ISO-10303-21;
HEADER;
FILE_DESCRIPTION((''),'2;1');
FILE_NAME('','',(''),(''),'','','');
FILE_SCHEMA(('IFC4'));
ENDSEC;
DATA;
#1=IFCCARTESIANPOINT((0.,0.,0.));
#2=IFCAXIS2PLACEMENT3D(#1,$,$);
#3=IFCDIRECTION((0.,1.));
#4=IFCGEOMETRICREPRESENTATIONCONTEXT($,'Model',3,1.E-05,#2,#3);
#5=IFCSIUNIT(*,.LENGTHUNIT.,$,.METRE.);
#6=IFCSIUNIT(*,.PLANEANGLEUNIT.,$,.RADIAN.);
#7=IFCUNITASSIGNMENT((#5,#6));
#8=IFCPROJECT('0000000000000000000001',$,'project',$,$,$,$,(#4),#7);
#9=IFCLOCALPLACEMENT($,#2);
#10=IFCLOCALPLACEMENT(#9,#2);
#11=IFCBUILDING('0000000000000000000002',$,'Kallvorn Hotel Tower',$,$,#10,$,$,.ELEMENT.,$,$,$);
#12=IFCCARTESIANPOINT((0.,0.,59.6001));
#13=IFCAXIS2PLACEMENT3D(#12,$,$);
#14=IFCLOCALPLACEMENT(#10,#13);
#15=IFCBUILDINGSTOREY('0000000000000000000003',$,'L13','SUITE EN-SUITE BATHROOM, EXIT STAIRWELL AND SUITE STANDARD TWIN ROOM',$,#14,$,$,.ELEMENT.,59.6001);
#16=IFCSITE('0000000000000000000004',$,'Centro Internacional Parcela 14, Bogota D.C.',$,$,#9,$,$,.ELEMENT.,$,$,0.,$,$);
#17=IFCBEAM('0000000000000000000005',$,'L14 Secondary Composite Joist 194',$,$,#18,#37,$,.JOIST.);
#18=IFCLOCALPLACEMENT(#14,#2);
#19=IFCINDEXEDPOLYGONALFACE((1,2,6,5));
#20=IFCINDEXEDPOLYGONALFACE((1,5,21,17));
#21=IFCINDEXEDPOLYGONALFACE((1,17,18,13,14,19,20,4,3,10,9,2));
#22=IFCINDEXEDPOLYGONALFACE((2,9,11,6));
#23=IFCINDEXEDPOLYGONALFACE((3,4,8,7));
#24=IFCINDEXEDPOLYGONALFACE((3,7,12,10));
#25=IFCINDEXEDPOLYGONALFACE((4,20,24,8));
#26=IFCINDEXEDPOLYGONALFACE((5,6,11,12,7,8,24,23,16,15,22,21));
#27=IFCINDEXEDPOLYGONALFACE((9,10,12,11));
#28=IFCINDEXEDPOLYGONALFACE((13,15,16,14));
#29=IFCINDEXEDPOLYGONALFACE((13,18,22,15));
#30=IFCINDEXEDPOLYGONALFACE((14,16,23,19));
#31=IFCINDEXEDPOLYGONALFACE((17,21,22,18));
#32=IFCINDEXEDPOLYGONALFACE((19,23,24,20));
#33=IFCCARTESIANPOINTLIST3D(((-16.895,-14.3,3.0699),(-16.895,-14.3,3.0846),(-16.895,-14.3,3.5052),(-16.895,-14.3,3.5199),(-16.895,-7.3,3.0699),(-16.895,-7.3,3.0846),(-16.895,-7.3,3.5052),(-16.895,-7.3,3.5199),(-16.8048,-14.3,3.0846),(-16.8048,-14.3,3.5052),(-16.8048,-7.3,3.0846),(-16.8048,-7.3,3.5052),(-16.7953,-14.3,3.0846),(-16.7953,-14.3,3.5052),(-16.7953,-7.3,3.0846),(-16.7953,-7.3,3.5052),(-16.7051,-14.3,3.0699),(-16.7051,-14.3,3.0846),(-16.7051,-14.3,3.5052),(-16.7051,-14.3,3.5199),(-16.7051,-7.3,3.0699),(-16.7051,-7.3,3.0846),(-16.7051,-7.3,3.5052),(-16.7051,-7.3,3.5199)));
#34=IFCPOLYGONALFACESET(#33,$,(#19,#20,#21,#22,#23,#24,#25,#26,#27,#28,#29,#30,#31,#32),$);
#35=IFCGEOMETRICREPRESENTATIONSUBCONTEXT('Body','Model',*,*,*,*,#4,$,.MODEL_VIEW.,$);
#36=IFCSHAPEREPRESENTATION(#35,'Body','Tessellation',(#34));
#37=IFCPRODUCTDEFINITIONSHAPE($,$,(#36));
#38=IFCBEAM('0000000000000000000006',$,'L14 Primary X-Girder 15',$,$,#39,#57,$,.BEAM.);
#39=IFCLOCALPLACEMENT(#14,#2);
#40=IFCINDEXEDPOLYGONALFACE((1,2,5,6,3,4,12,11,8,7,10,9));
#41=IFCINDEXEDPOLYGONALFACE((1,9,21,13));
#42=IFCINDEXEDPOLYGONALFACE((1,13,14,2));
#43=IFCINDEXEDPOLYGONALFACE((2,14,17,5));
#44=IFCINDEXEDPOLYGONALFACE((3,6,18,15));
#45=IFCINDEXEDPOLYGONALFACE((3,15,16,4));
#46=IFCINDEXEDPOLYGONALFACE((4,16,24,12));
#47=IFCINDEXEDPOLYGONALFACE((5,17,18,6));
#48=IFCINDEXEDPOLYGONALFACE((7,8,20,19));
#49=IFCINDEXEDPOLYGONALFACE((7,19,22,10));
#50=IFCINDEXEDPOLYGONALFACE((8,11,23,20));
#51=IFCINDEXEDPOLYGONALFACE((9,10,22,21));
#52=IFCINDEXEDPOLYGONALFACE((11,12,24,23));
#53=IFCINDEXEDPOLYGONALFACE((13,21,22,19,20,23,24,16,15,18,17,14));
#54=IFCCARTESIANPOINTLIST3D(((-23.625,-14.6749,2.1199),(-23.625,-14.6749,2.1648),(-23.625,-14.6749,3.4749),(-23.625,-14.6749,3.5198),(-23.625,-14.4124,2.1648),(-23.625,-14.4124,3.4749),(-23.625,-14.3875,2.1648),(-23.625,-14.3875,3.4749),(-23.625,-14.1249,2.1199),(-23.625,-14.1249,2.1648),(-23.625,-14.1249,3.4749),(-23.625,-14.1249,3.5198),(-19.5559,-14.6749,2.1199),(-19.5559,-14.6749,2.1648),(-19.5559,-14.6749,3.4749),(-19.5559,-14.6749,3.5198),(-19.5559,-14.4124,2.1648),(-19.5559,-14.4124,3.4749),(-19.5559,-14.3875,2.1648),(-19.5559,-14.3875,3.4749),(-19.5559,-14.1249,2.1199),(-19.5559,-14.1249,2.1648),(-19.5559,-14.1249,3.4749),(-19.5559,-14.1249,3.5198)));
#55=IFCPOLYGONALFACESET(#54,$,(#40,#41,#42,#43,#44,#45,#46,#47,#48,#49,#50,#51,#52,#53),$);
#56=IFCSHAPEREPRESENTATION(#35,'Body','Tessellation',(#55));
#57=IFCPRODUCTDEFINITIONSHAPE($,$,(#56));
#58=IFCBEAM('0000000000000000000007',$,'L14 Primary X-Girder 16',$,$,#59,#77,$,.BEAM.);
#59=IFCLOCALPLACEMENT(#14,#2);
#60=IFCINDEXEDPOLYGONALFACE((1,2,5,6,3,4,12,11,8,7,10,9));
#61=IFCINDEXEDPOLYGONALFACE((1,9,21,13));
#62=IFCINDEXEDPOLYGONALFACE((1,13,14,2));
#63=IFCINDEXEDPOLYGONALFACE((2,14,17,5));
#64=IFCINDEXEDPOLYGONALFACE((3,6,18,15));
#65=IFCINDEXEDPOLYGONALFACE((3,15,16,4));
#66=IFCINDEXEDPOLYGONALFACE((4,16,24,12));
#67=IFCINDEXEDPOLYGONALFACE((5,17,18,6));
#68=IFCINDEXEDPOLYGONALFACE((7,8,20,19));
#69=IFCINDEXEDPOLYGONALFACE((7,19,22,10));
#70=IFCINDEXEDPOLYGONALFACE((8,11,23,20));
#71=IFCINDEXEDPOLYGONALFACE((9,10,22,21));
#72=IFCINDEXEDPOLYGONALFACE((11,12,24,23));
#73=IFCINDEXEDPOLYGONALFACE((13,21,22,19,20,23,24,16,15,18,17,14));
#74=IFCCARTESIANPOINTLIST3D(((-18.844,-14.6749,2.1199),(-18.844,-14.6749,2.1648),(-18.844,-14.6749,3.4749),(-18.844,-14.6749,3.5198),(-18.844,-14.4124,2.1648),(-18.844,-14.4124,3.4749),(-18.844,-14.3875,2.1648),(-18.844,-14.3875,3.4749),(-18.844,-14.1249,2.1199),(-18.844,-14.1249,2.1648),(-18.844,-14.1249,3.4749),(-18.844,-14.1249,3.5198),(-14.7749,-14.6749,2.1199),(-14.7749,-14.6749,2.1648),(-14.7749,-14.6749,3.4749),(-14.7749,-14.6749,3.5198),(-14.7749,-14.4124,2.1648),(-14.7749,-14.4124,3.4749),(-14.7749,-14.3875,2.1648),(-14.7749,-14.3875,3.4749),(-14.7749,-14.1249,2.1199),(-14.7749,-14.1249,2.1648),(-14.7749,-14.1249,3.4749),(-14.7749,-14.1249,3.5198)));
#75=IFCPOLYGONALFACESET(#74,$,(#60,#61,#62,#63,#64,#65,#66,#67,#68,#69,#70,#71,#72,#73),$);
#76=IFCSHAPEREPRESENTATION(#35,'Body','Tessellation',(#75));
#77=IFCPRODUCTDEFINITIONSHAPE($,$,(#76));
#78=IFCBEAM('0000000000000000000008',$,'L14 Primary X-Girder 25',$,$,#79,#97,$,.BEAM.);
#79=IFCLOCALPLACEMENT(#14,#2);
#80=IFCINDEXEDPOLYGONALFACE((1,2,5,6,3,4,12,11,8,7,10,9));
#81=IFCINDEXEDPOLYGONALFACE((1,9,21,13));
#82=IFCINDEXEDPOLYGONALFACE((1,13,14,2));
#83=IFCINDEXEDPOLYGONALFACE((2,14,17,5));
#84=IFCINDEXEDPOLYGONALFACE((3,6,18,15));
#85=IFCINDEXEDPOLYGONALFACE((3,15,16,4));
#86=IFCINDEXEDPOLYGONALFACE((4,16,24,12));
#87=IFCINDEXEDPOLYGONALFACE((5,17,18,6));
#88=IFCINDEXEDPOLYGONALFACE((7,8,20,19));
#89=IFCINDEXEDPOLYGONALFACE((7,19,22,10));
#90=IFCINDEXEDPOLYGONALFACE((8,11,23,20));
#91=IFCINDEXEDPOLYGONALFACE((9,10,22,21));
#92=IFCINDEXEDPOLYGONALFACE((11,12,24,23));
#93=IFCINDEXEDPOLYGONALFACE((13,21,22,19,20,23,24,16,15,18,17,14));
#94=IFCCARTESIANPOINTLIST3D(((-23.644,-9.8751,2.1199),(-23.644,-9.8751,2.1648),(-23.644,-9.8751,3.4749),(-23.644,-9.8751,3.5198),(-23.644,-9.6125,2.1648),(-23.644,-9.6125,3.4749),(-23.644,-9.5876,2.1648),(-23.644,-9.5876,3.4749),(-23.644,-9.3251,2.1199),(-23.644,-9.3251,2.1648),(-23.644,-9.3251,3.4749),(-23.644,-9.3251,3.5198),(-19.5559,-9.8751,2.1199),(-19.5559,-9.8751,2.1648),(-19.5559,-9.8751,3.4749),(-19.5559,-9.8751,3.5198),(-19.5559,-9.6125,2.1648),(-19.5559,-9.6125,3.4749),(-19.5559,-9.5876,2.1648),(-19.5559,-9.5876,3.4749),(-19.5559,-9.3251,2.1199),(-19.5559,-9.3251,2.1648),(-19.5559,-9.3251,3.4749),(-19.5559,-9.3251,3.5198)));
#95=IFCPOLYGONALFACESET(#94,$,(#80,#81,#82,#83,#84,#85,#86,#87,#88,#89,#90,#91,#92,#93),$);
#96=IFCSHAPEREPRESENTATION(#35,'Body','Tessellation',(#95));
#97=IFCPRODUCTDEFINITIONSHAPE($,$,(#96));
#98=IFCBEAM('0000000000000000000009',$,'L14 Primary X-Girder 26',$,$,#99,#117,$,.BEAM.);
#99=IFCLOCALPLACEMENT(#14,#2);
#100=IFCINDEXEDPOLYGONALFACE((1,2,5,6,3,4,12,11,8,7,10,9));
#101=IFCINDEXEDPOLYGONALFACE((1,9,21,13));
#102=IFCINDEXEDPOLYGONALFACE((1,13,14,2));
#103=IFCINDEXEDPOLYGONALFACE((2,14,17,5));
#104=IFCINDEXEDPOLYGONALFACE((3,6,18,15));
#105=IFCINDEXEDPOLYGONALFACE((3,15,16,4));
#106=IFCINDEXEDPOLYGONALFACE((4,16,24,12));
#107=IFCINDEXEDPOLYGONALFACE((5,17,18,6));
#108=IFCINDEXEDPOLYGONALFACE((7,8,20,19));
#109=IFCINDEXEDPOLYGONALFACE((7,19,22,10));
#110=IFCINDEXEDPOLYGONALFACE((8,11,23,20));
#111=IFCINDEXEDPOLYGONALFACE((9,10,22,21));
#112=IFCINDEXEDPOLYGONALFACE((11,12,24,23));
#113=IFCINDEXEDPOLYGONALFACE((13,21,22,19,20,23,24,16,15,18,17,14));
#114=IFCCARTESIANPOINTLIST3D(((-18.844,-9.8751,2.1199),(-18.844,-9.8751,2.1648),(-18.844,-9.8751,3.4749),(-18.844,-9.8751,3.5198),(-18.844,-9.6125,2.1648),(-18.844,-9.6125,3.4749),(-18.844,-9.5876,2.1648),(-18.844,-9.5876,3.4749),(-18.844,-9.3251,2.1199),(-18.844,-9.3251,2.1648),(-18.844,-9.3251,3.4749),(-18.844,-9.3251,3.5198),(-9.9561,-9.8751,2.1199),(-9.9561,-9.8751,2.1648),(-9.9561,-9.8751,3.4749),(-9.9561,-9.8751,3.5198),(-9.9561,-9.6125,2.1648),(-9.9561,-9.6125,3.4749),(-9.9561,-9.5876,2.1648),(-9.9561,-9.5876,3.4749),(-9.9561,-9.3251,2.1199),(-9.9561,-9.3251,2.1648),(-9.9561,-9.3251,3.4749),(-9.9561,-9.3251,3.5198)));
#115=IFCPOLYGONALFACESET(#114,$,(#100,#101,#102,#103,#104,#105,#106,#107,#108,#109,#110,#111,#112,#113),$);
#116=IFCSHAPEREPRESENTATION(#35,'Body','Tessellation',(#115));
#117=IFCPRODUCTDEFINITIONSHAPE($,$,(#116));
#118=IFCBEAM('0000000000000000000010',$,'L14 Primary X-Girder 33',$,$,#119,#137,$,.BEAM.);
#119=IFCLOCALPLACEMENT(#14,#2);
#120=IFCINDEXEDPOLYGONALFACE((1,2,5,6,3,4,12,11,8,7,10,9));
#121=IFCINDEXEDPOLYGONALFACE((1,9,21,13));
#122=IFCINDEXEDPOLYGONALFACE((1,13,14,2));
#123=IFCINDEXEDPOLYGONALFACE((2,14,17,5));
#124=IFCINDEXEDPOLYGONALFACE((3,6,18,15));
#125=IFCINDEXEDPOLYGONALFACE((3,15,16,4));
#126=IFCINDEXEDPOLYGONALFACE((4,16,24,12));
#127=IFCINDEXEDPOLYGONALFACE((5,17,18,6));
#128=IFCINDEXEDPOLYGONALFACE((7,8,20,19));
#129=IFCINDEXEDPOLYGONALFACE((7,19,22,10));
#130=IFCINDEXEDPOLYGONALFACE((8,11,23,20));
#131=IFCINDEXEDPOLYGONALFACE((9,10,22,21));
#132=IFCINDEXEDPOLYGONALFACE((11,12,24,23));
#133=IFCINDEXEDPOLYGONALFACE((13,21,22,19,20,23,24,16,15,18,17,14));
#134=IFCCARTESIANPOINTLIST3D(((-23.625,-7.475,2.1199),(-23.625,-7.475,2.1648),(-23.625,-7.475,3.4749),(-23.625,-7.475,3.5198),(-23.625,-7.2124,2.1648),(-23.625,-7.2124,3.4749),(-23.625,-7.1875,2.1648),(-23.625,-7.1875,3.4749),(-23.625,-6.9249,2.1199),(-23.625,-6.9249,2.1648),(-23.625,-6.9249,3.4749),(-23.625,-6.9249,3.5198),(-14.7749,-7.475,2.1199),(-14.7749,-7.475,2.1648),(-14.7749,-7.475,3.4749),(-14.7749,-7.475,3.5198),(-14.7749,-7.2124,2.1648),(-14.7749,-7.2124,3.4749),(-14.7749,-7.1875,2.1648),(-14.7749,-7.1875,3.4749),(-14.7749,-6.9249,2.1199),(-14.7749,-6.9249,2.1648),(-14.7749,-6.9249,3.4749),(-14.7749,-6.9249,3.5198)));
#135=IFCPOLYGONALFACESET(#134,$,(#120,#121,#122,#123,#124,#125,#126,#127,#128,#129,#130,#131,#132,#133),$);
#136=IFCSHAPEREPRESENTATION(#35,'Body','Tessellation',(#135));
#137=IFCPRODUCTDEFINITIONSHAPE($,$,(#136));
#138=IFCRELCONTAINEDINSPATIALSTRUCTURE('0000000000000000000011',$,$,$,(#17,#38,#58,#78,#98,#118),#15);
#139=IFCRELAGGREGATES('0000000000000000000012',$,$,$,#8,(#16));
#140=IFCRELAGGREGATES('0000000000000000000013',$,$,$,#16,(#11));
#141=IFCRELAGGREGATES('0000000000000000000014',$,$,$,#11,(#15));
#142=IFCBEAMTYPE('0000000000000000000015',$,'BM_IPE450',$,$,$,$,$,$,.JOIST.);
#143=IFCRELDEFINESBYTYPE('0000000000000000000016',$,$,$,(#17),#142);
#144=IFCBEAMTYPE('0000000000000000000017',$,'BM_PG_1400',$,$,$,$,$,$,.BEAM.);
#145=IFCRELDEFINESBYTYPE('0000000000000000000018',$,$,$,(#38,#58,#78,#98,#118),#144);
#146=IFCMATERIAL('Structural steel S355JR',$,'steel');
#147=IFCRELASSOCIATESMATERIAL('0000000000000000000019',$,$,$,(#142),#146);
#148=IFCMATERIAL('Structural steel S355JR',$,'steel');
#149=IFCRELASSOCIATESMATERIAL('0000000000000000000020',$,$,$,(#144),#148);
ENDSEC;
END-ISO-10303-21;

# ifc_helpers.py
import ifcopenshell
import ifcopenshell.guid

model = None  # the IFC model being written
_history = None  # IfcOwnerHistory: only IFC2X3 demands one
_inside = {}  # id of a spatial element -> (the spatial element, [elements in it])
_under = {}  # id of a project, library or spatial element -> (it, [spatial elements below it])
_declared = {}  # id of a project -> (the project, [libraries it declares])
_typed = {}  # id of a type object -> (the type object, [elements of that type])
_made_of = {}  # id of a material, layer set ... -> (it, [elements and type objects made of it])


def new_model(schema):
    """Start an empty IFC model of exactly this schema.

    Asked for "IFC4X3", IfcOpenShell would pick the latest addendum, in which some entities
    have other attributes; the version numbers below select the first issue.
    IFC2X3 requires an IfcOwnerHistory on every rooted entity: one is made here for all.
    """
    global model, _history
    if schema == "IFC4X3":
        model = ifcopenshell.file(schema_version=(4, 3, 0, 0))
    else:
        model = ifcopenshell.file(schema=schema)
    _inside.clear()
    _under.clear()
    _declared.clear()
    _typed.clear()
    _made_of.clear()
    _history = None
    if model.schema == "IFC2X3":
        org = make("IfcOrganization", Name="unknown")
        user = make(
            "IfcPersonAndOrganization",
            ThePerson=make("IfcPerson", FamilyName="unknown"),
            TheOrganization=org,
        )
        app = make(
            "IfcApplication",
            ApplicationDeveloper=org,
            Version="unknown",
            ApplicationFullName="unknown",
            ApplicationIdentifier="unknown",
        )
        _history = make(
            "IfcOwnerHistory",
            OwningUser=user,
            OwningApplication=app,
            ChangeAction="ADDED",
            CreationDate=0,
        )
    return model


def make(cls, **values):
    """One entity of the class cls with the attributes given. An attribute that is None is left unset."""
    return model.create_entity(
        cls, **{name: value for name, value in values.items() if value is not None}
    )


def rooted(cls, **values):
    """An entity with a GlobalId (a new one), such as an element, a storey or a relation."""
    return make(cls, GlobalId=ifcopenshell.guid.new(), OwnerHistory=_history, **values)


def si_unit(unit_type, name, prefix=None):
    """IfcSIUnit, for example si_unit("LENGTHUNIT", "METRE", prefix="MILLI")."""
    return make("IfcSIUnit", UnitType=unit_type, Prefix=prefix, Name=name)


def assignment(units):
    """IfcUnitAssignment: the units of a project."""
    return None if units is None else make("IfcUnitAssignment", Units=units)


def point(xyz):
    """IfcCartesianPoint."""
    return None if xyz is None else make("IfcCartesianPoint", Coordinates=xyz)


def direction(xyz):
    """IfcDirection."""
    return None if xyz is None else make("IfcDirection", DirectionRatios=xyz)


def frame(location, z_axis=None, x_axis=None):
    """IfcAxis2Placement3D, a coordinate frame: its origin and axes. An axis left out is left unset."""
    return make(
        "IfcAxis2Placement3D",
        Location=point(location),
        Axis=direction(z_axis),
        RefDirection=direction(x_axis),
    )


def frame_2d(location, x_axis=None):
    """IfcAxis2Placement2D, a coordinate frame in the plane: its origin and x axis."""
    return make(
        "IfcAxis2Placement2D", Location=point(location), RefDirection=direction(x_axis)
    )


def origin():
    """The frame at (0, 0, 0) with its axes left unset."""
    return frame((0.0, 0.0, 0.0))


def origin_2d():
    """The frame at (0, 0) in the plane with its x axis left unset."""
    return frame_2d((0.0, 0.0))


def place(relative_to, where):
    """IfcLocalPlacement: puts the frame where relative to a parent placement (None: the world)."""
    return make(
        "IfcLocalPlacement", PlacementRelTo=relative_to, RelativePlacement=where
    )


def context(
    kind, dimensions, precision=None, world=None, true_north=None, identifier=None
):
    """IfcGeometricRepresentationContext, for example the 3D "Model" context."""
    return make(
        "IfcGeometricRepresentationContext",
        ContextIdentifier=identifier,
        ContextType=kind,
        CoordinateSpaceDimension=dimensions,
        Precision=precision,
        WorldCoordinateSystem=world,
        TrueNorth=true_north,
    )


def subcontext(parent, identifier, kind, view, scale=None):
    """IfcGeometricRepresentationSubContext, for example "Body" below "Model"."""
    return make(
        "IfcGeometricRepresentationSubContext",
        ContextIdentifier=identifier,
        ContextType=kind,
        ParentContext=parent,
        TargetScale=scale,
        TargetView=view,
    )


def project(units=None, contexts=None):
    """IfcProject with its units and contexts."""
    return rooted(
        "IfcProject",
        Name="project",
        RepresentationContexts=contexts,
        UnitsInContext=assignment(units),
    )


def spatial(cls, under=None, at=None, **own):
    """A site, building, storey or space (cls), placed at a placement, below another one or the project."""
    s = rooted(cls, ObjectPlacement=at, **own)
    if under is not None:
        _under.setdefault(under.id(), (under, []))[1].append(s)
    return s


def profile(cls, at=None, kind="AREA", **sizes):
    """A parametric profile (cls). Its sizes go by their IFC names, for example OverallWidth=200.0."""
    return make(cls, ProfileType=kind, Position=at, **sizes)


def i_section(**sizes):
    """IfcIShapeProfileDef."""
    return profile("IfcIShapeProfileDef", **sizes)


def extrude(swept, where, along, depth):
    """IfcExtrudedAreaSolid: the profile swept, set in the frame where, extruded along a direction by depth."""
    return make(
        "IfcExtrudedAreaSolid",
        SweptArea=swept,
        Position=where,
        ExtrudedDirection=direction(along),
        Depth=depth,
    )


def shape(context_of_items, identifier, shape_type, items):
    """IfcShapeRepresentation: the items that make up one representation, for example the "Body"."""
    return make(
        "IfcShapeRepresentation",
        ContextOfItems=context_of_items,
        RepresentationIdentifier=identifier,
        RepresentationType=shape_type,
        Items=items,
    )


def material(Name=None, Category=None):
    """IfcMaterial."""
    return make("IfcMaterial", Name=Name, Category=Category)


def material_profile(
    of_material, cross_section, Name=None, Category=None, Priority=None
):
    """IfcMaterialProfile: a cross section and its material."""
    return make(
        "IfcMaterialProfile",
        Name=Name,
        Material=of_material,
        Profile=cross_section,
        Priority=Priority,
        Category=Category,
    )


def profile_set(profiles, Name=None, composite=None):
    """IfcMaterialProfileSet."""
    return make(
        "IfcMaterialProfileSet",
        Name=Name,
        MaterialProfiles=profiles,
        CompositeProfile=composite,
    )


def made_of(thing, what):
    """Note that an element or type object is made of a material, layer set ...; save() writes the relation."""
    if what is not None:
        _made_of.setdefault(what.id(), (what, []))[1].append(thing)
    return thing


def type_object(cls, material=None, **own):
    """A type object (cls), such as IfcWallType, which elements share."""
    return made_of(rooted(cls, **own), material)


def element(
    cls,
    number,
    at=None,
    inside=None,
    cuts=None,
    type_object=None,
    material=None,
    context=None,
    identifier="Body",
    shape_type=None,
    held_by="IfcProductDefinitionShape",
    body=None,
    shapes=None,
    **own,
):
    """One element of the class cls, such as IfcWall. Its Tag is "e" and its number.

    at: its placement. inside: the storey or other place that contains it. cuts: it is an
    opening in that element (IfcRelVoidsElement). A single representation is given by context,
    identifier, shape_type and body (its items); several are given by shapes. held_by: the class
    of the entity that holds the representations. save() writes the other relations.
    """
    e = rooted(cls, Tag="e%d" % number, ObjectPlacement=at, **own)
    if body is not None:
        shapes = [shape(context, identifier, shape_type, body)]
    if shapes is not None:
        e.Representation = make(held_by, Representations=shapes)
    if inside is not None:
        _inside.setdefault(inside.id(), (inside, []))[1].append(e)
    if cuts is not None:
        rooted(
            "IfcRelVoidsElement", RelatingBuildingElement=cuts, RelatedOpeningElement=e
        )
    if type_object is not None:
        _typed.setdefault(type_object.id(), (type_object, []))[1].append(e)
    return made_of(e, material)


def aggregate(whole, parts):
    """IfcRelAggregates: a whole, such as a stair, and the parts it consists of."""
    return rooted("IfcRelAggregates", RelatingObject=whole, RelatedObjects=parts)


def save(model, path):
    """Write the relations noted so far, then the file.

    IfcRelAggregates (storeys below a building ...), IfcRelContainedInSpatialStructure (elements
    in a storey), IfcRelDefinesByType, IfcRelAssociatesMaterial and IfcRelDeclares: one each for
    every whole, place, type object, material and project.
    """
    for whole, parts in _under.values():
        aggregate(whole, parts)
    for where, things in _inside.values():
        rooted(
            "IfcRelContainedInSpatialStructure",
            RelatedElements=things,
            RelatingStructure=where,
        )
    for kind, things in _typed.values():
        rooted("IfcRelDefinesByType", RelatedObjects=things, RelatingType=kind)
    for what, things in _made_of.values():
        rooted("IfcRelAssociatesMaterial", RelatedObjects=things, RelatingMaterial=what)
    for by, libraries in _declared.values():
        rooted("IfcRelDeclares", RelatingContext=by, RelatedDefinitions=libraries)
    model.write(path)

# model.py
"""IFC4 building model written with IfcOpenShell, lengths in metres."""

from ifc_helpers import new_model, si_unit, direction, frame, origin, origin_2d, place, context, subcontext, project, spatial, i_section, extrude, material, material_profile, profile_set, type_object, element, save


model = new_model("IFC4")

# Units and contexts
model_context = context("Model", 3, precision=1e-05, world=origin(), true_north=direction((0.0, 1.0)))
body_context = subcontext(model_context, "Body", "Model", "MODEL_VIEW")
ifc_project = project(units=[si_unit("LENGTHUNIT", "METRE"), si_unit("PLANEANGLEUNIT", "RADIAN")], contexts=[model_context])

# Site, building, storey
site_placement = place(None, origin())
site = spatial("IfcSite", under=ifc_project, at=site_placement, Name="Centro Internacional Parcela 14, Bogota D.C.", CompositionType="ELEMENT", RefElevation=0.0)
building_placement = place(site_placement, origin())
building = spatial("IfcBuilding", under=site, at=building_placement, Name="Kallvorn Hotel Tower", CompositionType="ELEMENT")
storey_placement = place(building_placement, frame((0.0, 0.0, 59.6001)))
storey = spatial("IfcBuildingStorey", under=building, at=storey_placement, Name="L13", Description="SUITE EN-SUITE BATHROOM, EXIT STAIRWELL AND SUITE STANDARD TWIN ROOM", CompositionType="ELEMENT", Elevation=59.6001)

# Beams
ifc_material_1 = material(Name="Structural steel S355JR", Category="steel")
ifc_material_profile_1 = material_profile(ifc_material_1, i_section(OverallWidth=0.1899, OverallDepth=0.45, WebThickness=0.0095, FlangeThickness=0.0146, at=origin_2d()), Name="IPE 450")
ifc_profile_set_1 = profile_set([ifc_material_profile_1], Name="Structural steel S355JR")
beam_type_1 = type_object("IfcBeamType", Name="BM_IPE450", PredefinedType="JOIST", material=ifc_profile_set_1)
for number, where, z_axis, x_axis, name in (
    (1, (-16.8, -14.3, 3.2949), (0.0, 1.0, 0.0), (-1.0, 0.0, 0.0), "L14 Secondary Composite Joist 194"),
):
    element("IfcBeam", number, at=place(storey_placement, frame(where, z_axis=z_axis, x_axis=x_axis)), inside=storey, type_object=beam_type_1, Name=name, PredefinedType="JOIST", context=body_context, shape_type="SweptSolid", body=[
        extrude(i_section(OverallWidth=0.1899, OverallDepth=0.45, WebThickness=0.0095, FlangeThickness=0.0146, at=origin_2d()), origin(), (0.0, 0.0, 1.0), 7.0),
    ])
ifc_material_2 = material(Name="Structural steel S355JR", Category="steel")
ifc_material_profile_2 = material_profile(ifc_material_2, i_section(OverallWidth=0.55, OverallDepth=1.3999, WebThickness=0.0249, FlangeThickness=0.0449, at=origin_2d()), Name="PG 1400x550x25x45")
ifc_profile_set_2 = profile_set([ifc_material_profile_2], Name="Structural steel S355JR")
beam_type_2 = type_object("IfcBeamType", Name="BM_PG_1400", PredefinedType="BEAM", material=ifc_profile_set_2)
for number, where, z_axis, x_axis, name in (
    (2, (-23.625, -14.3999, 2.8198), (1.0, 0.0, 0.0), (0.0, 1.0, 0.0), "L14 Primary X-Girder 15"),
    (3, (-18.844, -14.3999, 2.8198), (1.0, 0.0, 0.0), (0.0, 1.0, 0.0), "L14 Primary X-Girder 16"),
):
    element("IfcBeam", number, at=place(storey_placement, frame(where, z_axis=z_axis, x_axis=x_axis)), inside=storey, type_object=beam_type_2, Name=name, PredefinedType="BEAM", context=body_context, shape_type="SweptSolid", body=[
        extrude(i_section(OverallWidth=0.55, OverallDepth=1.3999, WebThickness=0.0249, FlangeThickness=0.0449, at=origin_2d()), origin(), (0.0, 0.0, 1.0), 4.0691),
    ])
beam_1_placement = place(storey_placement, frame((-23.644, -9.6001, 2.8198), z_axis=(1.0, 0.0, 0.0), x_axis=(0.0, 1.0, 0.0)))
element("IfcBeam", 4, at=beam_1_placement, inside=storey, type_object=beam_type_2, Name="L14 Primary X-Girder 25", PredefinedType="BEAM", context=body_context, shape_type="SweptSolid", body=[
    extrude(i_section(OverallWidth=0.55, OverallDepth=1.3999, WebThickness=0.0249, FlangeThickness=0.0449, at=origin_2d()), origin(), (0.0, 0.0, 1.0), 4.0881),
])
beam_2_placement = place(storey_placement, frame((-18.844, -9.6001, 2.8198), z_axis=(1.0, 0.0, 0.0), x_axis=(0.0, 1.0, 0.0)))
element("IfcBeam", 5, at=beam_2_placement, inside=storey, type_object=beam_type_2, Name="L14 Primary X-Girder 26", PredefinedType="BEAM", context=body_context, shape_type="SweptSolid", body=[
    extrude(i_section(OverallWidth=0.55, OverallDepth=1.3999, WebThickness=0.0249, FlangeThickness=0.0449, at=origin_2d()), origin(), (0.0, 0.0, 1.0), 8.8879),
])
beam_3_placement = place(storey_placement, frame((-23.625, -7.2, 2.8198), z_axis=(1.0, 0.0, 0.0), x_axis=(0.0, 1.0, 0.0)))
element("IfcBeam", 6, at=beam_3_placement, inside=storey, type_object=beam_type_2, Name="L14 Primary X-Girder 33", PredefinedType="BEAM", context=body_context, shape_type="SweptSolid", body=[
    extrude(i_section(OverallWidth=0.55, OverallDepth=1.3999, WebThickness=0.0249, FlangeThickness=0.0449, at=origin_2d()), origin(), (0.0, 0.0, 1.0), 8.8501),
])

save(model, "model.ifc")
